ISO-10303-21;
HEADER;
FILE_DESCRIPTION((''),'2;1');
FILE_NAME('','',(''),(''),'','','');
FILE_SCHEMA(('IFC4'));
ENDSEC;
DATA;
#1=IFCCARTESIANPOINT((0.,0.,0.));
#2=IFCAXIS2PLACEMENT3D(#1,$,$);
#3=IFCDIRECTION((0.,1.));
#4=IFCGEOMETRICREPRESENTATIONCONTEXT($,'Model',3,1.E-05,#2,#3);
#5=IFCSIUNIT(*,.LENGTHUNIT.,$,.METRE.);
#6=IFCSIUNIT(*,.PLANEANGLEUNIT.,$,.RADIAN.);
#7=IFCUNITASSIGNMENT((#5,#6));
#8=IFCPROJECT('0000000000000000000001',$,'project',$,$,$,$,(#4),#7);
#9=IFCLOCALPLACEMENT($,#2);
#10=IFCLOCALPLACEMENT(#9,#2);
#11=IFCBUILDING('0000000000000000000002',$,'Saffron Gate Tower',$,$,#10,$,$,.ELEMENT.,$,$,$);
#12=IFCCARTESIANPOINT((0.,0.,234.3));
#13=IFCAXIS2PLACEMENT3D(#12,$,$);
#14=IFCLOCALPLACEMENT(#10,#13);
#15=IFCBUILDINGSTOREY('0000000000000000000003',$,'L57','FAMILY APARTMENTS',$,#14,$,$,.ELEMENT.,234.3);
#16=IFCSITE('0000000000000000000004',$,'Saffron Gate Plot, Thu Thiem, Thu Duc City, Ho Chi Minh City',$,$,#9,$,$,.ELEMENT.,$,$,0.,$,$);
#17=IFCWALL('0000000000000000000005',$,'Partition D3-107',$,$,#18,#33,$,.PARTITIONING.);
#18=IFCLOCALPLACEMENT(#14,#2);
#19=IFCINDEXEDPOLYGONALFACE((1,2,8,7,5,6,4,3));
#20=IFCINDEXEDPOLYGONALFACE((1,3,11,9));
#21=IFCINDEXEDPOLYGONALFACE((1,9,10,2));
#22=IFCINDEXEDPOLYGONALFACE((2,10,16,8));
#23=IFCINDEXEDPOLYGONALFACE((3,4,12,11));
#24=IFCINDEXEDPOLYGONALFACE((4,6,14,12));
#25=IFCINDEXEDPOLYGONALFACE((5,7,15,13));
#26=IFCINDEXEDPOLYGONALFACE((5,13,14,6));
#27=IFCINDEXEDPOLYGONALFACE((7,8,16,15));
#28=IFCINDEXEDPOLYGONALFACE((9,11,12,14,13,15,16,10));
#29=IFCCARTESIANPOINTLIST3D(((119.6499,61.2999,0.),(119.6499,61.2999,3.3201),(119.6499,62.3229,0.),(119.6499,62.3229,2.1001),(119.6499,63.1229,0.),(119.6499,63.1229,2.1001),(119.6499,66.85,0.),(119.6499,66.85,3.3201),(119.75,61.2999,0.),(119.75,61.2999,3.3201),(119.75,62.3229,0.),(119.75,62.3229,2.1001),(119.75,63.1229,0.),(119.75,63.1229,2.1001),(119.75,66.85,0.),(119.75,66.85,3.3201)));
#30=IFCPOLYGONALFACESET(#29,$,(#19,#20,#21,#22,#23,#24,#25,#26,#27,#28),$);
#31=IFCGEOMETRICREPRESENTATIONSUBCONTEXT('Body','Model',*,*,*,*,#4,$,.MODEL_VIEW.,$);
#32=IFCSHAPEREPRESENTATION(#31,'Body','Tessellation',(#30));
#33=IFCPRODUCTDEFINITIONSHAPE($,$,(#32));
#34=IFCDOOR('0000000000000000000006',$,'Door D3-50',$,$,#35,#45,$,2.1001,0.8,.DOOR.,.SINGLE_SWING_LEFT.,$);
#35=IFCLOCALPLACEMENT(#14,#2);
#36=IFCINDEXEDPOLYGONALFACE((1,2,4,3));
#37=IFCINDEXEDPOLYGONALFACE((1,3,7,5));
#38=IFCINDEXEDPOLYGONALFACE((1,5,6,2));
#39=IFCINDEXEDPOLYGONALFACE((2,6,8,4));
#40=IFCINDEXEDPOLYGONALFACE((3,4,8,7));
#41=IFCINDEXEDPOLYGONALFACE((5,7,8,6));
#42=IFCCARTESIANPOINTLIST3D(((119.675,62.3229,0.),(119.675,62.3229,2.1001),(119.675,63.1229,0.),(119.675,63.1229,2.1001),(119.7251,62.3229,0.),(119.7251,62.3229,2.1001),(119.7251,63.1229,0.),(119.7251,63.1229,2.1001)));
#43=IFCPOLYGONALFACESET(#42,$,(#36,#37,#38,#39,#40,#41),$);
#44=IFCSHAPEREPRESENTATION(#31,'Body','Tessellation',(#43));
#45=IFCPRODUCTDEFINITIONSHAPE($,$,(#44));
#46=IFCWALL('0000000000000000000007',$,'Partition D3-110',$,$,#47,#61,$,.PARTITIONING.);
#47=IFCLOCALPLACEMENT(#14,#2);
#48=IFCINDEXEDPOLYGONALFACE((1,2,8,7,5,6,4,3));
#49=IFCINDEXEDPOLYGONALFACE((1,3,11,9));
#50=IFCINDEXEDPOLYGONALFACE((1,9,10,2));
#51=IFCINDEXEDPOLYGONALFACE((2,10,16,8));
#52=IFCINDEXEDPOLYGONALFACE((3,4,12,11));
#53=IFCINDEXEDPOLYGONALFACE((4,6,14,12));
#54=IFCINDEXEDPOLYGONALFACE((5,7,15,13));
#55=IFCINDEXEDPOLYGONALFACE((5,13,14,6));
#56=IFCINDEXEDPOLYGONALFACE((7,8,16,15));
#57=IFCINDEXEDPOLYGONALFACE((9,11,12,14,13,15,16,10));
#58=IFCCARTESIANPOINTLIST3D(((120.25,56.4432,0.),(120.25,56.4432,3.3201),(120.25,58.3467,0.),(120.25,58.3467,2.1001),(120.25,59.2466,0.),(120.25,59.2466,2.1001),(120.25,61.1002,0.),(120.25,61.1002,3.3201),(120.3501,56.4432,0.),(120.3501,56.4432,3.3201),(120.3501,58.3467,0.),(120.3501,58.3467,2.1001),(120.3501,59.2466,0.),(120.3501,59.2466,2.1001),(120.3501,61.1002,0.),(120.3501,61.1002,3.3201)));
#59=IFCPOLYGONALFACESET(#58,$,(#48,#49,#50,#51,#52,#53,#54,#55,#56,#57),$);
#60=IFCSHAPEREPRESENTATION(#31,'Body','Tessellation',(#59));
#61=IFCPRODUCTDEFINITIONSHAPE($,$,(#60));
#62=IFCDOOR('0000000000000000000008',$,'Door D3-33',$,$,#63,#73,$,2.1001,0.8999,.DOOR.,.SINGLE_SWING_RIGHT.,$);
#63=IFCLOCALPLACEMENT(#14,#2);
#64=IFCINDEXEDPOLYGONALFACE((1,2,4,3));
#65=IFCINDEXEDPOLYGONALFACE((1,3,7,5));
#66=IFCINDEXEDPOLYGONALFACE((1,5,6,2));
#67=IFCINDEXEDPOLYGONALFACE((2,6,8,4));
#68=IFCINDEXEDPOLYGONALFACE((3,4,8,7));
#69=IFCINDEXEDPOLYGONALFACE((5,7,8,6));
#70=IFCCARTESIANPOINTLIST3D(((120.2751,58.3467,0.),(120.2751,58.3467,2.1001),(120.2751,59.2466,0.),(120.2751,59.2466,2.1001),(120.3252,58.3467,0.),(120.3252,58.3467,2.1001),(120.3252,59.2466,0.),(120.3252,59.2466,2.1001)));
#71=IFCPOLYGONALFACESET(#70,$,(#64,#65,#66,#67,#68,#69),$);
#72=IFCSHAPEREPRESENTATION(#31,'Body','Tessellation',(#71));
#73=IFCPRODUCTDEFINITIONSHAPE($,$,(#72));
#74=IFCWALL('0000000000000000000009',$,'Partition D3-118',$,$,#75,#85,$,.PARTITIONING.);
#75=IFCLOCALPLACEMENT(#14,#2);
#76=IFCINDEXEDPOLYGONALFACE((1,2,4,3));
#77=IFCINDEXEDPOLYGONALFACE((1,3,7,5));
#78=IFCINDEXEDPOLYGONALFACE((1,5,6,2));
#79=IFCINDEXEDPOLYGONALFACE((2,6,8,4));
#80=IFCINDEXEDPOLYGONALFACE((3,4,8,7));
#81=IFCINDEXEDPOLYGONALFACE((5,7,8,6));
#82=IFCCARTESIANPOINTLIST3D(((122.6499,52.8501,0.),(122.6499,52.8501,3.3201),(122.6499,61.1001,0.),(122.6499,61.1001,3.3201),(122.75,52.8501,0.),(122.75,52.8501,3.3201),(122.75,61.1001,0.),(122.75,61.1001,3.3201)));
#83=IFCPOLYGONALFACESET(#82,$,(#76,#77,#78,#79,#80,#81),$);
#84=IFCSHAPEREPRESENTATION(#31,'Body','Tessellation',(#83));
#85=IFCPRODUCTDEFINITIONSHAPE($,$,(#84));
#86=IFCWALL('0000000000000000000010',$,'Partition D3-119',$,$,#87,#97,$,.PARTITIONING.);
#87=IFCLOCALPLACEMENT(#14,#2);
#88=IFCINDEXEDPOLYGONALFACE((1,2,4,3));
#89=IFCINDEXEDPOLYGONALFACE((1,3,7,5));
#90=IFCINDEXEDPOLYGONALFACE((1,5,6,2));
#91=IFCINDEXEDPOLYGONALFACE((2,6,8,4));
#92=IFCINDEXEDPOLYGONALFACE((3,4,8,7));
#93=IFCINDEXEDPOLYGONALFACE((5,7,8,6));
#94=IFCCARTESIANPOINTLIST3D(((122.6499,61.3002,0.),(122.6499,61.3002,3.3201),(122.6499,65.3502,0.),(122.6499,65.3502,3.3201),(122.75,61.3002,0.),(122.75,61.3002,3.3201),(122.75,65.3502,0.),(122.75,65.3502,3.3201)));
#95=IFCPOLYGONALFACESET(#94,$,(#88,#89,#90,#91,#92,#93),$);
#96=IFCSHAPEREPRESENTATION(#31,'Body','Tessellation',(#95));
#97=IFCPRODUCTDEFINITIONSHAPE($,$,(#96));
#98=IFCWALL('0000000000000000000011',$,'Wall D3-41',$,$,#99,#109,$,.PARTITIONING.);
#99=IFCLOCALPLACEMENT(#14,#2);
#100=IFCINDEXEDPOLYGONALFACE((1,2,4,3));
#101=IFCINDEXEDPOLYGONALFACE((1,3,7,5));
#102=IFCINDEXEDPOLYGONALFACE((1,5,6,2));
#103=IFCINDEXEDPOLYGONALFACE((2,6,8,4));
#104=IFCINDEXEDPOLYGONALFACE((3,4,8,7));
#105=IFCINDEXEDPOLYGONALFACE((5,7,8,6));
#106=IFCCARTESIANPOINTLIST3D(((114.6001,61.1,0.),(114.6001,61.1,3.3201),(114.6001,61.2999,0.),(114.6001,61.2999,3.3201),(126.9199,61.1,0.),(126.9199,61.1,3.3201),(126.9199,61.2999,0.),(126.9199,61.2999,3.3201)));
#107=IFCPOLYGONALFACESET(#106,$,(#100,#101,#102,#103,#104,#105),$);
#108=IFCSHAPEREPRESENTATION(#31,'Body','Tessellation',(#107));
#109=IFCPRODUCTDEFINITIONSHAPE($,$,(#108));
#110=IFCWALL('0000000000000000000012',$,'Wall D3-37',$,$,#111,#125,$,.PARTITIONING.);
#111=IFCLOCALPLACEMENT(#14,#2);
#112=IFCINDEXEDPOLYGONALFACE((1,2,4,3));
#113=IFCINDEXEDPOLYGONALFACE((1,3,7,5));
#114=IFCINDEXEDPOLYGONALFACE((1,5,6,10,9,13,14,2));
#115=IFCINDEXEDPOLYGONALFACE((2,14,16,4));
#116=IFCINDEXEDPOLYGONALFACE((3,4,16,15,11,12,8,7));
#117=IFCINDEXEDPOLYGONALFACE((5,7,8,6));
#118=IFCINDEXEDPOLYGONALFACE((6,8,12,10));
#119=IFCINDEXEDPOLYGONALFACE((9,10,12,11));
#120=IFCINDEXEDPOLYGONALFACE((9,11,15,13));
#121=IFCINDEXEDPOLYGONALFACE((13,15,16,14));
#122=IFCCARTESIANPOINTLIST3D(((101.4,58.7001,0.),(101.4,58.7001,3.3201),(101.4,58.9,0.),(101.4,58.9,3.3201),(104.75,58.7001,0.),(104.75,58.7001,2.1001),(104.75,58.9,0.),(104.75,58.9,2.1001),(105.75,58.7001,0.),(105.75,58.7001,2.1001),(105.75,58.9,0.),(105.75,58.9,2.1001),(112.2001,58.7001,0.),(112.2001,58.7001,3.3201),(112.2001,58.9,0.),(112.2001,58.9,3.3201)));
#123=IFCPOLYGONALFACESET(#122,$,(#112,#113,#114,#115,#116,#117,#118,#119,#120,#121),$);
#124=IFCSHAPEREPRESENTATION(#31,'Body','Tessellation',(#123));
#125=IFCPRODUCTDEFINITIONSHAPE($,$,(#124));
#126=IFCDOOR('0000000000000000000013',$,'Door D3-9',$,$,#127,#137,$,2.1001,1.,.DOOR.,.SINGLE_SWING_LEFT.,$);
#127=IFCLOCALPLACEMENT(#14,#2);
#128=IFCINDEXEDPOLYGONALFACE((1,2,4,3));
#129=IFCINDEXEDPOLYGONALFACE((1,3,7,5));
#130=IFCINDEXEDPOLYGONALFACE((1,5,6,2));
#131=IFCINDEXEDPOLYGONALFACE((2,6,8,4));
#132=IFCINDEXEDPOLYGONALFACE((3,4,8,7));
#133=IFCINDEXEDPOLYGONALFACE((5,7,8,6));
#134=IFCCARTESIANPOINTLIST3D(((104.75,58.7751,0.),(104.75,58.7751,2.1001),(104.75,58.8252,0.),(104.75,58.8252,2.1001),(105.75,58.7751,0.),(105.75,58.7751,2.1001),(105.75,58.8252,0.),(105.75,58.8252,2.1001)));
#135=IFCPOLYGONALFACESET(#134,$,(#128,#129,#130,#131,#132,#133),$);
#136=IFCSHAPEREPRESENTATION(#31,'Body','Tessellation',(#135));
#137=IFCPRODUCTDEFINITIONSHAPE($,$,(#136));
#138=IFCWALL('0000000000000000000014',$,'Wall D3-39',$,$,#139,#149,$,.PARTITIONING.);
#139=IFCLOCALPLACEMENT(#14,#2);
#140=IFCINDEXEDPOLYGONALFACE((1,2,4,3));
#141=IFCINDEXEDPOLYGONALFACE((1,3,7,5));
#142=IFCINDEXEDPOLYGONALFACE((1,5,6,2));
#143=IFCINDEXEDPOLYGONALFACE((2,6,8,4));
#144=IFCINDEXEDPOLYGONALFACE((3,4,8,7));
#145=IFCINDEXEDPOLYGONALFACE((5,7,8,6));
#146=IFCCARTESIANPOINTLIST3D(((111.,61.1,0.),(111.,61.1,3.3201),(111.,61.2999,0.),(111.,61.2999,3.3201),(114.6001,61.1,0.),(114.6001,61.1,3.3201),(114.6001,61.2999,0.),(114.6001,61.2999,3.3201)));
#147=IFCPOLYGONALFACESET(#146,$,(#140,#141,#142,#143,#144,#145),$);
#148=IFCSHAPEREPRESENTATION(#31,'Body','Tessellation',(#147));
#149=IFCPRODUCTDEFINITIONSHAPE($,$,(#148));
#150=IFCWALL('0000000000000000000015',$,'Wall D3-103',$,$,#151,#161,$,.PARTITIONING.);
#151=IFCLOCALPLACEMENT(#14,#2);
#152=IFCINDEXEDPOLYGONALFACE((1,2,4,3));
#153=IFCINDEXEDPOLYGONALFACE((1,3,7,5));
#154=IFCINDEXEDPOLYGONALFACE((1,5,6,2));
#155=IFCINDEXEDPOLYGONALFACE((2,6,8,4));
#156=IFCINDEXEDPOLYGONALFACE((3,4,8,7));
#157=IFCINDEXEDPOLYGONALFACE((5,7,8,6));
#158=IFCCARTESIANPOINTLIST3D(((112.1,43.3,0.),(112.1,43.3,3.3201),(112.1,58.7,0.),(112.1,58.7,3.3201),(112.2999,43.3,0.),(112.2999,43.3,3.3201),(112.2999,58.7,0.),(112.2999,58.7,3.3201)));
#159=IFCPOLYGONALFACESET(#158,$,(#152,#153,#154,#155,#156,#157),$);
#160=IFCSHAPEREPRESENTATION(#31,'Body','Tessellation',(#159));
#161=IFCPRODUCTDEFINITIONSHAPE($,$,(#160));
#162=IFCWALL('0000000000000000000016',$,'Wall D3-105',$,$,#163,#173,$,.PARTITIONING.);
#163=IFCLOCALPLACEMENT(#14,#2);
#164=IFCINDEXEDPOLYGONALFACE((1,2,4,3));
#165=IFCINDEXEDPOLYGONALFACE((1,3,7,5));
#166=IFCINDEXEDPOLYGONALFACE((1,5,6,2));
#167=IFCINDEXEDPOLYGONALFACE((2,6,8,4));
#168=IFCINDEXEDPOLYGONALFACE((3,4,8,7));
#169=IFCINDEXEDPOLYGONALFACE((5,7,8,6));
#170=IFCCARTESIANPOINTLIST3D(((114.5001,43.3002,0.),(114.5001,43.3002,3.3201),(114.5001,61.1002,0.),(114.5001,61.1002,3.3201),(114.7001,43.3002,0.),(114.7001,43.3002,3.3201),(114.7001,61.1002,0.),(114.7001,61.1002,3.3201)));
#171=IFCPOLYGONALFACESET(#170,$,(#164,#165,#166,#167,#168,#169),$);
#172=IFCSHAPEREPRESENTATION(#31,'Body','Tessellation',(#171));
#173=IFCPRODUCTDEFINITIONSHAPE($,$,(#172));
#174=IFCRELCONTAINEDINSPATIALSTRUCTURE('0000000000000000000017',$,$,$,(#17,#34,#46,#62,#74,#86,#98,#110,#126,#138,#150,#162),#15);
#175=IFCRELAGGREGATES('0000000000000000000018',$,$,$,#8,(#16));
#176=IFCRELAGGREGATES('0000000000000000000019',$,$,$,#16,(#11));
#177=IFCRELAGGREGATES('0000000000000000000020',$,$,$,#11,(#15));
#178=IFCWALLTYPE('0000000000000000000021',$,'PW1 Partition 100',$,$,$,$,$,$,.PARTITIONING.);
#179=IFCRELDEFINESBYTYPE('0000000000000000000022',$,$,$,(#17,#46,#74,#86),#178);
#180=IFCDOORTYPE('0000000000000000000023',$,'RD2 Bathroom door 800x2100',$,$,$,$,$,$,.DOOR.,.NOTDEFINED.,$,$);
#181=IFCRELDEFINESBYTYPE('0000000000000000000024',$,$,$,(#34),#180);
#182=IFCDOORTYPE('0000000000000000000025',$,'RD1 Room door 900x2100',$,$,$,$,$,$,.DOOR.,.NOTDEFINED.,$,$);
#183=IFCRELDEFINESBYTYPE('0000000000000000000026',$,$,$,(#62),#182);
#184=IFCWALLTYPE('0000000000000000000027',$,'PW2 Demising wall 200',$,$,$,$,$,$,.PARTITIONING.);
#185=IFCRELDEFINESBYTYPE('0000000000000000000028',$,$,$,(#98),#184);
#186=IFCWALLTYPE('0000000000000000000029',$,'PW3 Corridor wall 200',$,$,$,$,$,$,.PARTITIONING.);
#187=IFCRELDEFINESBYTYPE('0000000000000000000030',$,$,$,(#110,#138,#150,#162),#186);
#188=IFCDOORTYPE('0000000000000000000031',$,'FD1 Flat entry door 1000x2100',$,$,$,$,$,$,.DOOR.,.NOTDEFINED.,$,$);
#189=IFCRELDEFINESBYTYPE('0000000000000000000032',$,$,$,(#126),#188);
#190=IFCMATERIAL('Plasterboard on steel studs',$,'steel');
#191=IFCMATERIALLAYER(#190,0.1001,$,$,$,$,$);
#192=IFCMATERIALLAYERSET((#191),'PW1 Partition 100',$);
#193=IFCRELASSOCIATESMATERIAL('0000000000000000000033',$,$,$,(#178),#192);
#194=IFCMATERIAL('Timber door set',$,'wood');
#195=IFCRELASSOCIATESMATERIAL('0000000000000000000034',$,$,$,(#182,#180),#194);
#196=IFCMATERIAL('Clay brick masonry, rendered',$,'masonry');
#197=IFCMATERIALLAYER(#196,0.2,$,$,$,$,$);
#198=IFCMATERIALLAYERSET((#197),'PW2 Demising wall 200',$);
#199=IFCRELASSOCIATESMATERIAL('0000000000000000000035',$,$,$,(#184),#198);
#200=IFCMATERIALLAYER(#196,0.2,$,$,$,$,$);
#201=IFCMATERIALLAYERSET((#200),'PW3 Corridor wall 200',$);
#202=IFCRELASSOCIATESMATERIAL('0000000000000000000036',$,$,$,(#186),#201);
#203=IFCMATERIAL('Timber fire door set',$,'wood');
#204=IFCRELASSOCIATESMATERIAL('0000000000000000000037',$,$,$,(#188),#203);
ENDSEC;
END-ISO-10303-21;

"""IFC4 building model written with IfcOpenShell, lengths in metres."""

from ifc_helpers import new_model, si_unit, direction, frame, frame_2d, origin, place, context, subcontext, project, spatial, rectangle, extrude, material, layer, layer_set, type_object, element, fill, save


model = new_model("IFC4")

# Units and contexts
model_context = context("Model", 3, precision=1e-05, world=origin(), true_north=direction((0.0, 1.0)))
body_context = subcontext(model_context, "Body", "Model", "MODEL_VIEW")
ifc_project = project(units=[si_unit("LENGTHUNIT", "METRE"), si_unit("PLANEANGLEUNIT", "RADIAN")], contexts=[model_context])

# Site, building, storey
site_placement = place(None, origin())
site = spatial("IfcSite", under=ifc_project, at=site_placement, Name="Saffron Gate Plot, Thu Thiem, Thu Duc City, Ho Chi Minh City", CompositionType="ELEMENT", RefElevation=0.0)
building_placement = place(site_placement, origin())
building = spatial("IfcBuilding", under=site, at=building_placement, Name="Saffron Gate Tower", CompositionType="ELEMENT")
storey_placement = place(building_placement, frame((0.0, 0.0, 234.3)))
storey = spatial("IfcBuildingStorey", under=building, at=storey_placement, Name="L57", Description="FAMILY APARTMENTS", CompositionType="ELEMENT", Elevation=234.3)

# Shared definitions
ifc_material_1 = material(Name="Plasterboard on steel studs", Category="steel")
ifc_layer_1 = layer(ifc_material_1, 0.1001)
ifc_layer_set_1 = layer_set([ifc_layer_1], Name="PW1 Partition 100")
wall_type_1 = type_object("IfcWallType", Name="PW1 Partition 100", PredefinedType="PARTITIONING", material=ifc_layer_set_1)
ifc_material_2 = material(Name="Timber door set", Category="wood")
door_type_1 = type_object("IfcDoorType", Name="RD1 Room door 900x2100", OperationType="NOTDEFINED", PredefinedType="DOOR", material=ifc_material_2)

# Shared definitions
door_type_2 = type_object("IfcDoorType", Name="RD2 Bathroom door 800x2100", OperationType="NOTDEFINED", PredefinedType="DOOR", material=ifc_material_2)

# Walls, openings, doors
wall_1_placement = place(storey_placement, frame((119.7, 61.3, 0.0), z_axis=(0.0, 0.0, 1.0), x_axis=(0.0, 1.0, 0.0)))
wall_1 = element("IfcWall", 1, at=wall_1_placement, inside=storey, type_object=wall_type_1, Name="Partition D3-107", PredefinedType="PARTITIONING", context=body_context, shape_type="SweptSolid", body=[
    extrude(rectangle(XDim=5.55, YDim=0.1001, at=frame_2d((2.7749, 0.0))), origin(), (0.0, 0.0, 1.0), 3.3201),
])
opening_1_placement = place(wall_1_placement, frame((1.0229, 0.0, 0.0)))
opening_1 = element("IfcOpeningElement", 2, at=opening_1_placement, cuts=wall_1, PredefinedType="OPENING", context=body_context, shape_type="SweptSolid", body=[
    extrude(rectangle(XDim=0.8, YDim=2.1001, at=frame_2d((0.3999, 1.05))), frame((0.0, 0.0601, 0.0), z_axis=(0.0, -1.0, 0.0), x_axis=(1.0, 0.0, 0.0)), (0.0, 0.0, 1.0), 0.1201),
])
door_1_placement = place(opening_1_placement, origin())
door_1 = element("IfcDoor", 3, at=door_1_placement, inside=storey, type_object=door_type_2, Name="Door D3-50", OperationType="SINGLE_SWING_LEFT", OverallHeight=2.1001, OverallWidth=0.8, PredefinedType="DOOR", context=body_context, shape_type="SweptSolid", body=[
    extrude(rectangle(XDim=0.8, YDim=2.1001, at=frame_2d((0.3999, 1.05))), frame((0.0, 0.0249, 0.0), z_axis=(0.0, -1.0, 0.0), x_axis=(1.0, 0.0, 0.0)), (0.0, 0.0, 1.0), 0.05),
])
fill(opening_1, door_1)
wall_2_placement = place(storey_placement, frame((120.3, 56.4431, 0.0), z_axis=(0.0, 0.0, 1.0), x_axis=(0.0, 1.0, 0.0)))
wall_2 = element("IfcWall", 4, at=wall_2_placement, inside=storey, type_object=wall_type_1, Name="Partition D3-110", PredefinedType="PARTITIONING", context=body_context, shape_type="SweptSolid", body=[
    extrude(rectangle(XDim=4.657, YDim=0.1001, at=frame_2d((2.3286, 0.0))), origin(), (0.0, 0.0, 1.0), 3.3201),
])
opening_2_placement = place(wall_2_placement, frame((1.9036, 0.0, 0.0)))
opening_2 = element("IfcOpeningElement", 5, at=opening_2_placement, cuts=wall_2, PredefinedType="OPENING", context=body_context, shape_type="SweptSolid", body=[
    extrude(rectangle(XDim=0.8999, YDim=2.1001, at=frame_2d((0.45, 1.05))), frame((0.0, 0.0601, 0.0), z_axis=(0.0, -1.0, 0.0), x_axis=(1.0, 0.0, 0.0)), (0.0, 0.0, 1.0), 0.1201),
])
door_2_placement = place(opening_2_placement, origin())
door_2 = element("IfcDoor", 6, at=door_2_placement, inside=storey, type_object=door_type_1, Name="Door D3-33", OperationType="SINGLE_SWING_RIGHT", OverallHeight=2.1001, OverallWidth=0.8999, PredefinedType="DOOR", context=body_context, shape_type="SweptSolid", body=[
    extrude(rectangle(XDim=0.8999, YDim=2.1001, at=frame_2d((0.45, 1.05))), frame((0.0, 0.0249, 0.0), z_axis=(0.0, -1.0, 0.0), x_axis=(1.0, 0.0, 0.0)), (0.0, 0.0, 1.0), 0.05),
])
fill(opening_2, door_2)

# Walls
wall_3_placement = place(storey_placement, frame((122.7, 61.1001, 0.0), z_axis=(0.0, 0.0, 1.0), x_axis=(0.0, -1.0, 0.0)))
element("IfcWall", 7, at=wall_3_placement, inside=storey, type_object=wall_type_1, Name="Partition D3-118", PredefinedType="PARTITIONING", context=body_context, shape_type="SweptSolid", body=[
    extrude(rectangle(XDim=8.25, YDim=0.1001, at=frame_2d((4.125, 0.0))), origin(), (0.0, 0.0, 1.0), 3.3201),
])
wall_4_placement = place(storey_placement, frame((122.7, 65.3501, 0.0), z_axis=(0.0, 0.0, 1.0), x_axis=(0.0, -1.0, 0.0)))
element("IfcWall", 8, at=wall_4_placement, inside=storey, type_object=wall_type_1, Name="Partition D3-119", PredefinedType="PARTITIONING", context=body_context, shape_type="SweptSolid", body=[
    extrude(rectangle(XDim=4.05, YDim=0.1001, at=frame_2d((2.0249, 0.0))), origin(), (0.0, 0.0, 1.0), 3.3201),
])
ifc_material_3 = material(Name="Clay brick masonry, rendered", Category="masonry")
ifc_layer_2 = layer(ifc_material_3, 0.2)
ifc_layer_set_2 = layer_set([ifc_layer_2], Name="PW2 Demising wall 200")
wall_type_2 = type_object("IfcWallType", Name="PW2 Demising wall 200", PredefinedType="PARTITIONING", material=ifc_layer_set_2)
wall_5_placement = place(storey_placement, frame((114.6001, 61.2, 0.0), z_axis=(0.0, 0.0, 1.0), x_axis=(1.0, 0.0, 0.0)))
element("IfcWall", 9, at=wall_5_placement, inside=storey, type_object=wall_type_2, Name="Wall D3-41", PredefinedType="PARTITIONING", context=body_context, shape_type="SweptSolid", body=[
    extrude(rectangle(XDim=12.3198, YDim=0.2, at=frame_2d((6.1599, 0.0))), origin(), (0.0, 0.0, 1.0), 3.3201),
])

# Wall, opening, door
ifc_layer_3 = layer(ifc_material_3, 0.2)
ifc_layer_set_3 = layer_set([ifc_layer_3], Name="PW3 Corridor wall 200")
wall_type_3 = type_object("IfcWallType", Name="PW3 Corridor wall 200", PredefinedType="PARTITIONING", material=ifc_layer_set_3)
wall_6_placement = place(storey_placement, frame((112.2, 58.8, 0.0), z_axis=(0.0, 0.0, 1.0), x_axis=(-1.0, 0.0, 0.0)))
wall_6 = element("IfcWall", 10, at=wall_6_placement, inside=storey, type_object=wall_type_3, Name="Wall D3-37", PredefinedType="PARTITIONING", context=body_context, shape_type="SweptSolid", body=[
    extrude(rectangle(XDim=10.8, YDim=0.2, at=frame_2d((5.3999, 0.0))), origin(), (0.0, 0.0, 1.0), 3.3201),
])
opening_3_placement = place(wall_6_placement, frame((6.45, 0.0, 0.0)))
opening_3 = element("IfcOpeningElement", 11, at=opening_3_placement, cuts=wall_6, PredefinedType="OPENING", context=body_context, shape_type="SweptSolid", body=[
    extrude(rectangle(XDim=1.0, YDim=2.1001, at=frame_2d((0.5, 1.05))), frame((0.0, 0.1099, 0.0), z_axis=(0.0, -1.0, 0.0), x_axis=(1.0, 0.0, 0.0)), (0.0, 0.0, 1.0), 0.22),
])
ifc_material_4 = material(Name="Timber fire door set", Category="wood")
door_type_3 = type_object("IfcDoorType", Name="FD1 Flat entry door 1000x2100", OperationType="NOTDEFINED", PredefinedType="DOOR", material=ifc_material_4)
door_3_placement = place(opening_3_placement, origin())
door_3 = element("IfcDoor", 12, at=door_3_placement, inside=storey, type_object=door_type_3, Name="Door D3-9", OperationType="SINGLE_SWING_LEFT", OverallHeight=2.1001, OverallWidth=1.0, PredefinedType="DOOR", context=body_context, shape_type="SweptSolid", body=[
    extrude(rectangle(XDim=1.0, YDim=2.1001, at=frame_2d((0.5, 1.05))), frame((0.0, 0.0249, 0.0), z_axis=(0.0, -1.0, 0.0), x_axis=(1.0, 0.0, 0.0)), (0.0, 0.0, 1.0), 0.05),
])
fill(opening_3, door_3)

# Walls
wall_7_placement = place(storey_placement, frame((111.0, 61.2, 0.0), z_axis=(0.0, 0.0, 1.0), x_axis=(1.0, 0.0, 0.0)))
element("IfcWall", 13, at=wall_7_placement, inside=storey, type_object=wall_type_3, Name="Wall D3-39", PredefinedType="PARTITIONING", context=body_context, shape_type="SweptSolid", body=[
    extrude(rectangle(XDim=3.6001, YDim=0.2, at=frame_2d((1.8, 0.0))), origin(), (0.0, 0.0, 1.0), 3.3201),
])
wall_8_placement = place(storey_placement, frame((112.2, 58.7, 0.0), z_axis=(0.0, 0.0, 1.0), x_axis=(0.0, -1.0, 0.0)))
element("IfcWall", 14, at=wall_8_placement, inside=storey, type_object=wall_type_3, Name="Wall D3-103", PredefinedType="PARTITIONING", context=body_context, shape_type="SweptSolid", body=[
    extrude(rectangle(XDim=15.3999, YDim=0.2, at=frame_2d((7.7, 0.0))), origin(), (0.0, 0.0, 1.0), 3.3201),
])
wall_9_placement = place(storey_placement, frame((114.6001, 61.1001, 0.0), z_axis=(0.0, 0.0, 1.0), x_axis=(0.0, -1.0, 0.0)))
element("IfcWall", 15, at=wall_9_placement, inside=storey, type_object=wall_type_3, Name="Wall D3-105", PredefinedType="PARTITIONING", context=body_context, shape_type="SweptSolid", body=[
    extrude(rectangle(XDim=17.8, YDim=0.2, at=frame_2d((8.8999, 0.0))), origin(), (0.0, 0.0, 1.0), 3.3201),
])

save(model, "model.ifc")
